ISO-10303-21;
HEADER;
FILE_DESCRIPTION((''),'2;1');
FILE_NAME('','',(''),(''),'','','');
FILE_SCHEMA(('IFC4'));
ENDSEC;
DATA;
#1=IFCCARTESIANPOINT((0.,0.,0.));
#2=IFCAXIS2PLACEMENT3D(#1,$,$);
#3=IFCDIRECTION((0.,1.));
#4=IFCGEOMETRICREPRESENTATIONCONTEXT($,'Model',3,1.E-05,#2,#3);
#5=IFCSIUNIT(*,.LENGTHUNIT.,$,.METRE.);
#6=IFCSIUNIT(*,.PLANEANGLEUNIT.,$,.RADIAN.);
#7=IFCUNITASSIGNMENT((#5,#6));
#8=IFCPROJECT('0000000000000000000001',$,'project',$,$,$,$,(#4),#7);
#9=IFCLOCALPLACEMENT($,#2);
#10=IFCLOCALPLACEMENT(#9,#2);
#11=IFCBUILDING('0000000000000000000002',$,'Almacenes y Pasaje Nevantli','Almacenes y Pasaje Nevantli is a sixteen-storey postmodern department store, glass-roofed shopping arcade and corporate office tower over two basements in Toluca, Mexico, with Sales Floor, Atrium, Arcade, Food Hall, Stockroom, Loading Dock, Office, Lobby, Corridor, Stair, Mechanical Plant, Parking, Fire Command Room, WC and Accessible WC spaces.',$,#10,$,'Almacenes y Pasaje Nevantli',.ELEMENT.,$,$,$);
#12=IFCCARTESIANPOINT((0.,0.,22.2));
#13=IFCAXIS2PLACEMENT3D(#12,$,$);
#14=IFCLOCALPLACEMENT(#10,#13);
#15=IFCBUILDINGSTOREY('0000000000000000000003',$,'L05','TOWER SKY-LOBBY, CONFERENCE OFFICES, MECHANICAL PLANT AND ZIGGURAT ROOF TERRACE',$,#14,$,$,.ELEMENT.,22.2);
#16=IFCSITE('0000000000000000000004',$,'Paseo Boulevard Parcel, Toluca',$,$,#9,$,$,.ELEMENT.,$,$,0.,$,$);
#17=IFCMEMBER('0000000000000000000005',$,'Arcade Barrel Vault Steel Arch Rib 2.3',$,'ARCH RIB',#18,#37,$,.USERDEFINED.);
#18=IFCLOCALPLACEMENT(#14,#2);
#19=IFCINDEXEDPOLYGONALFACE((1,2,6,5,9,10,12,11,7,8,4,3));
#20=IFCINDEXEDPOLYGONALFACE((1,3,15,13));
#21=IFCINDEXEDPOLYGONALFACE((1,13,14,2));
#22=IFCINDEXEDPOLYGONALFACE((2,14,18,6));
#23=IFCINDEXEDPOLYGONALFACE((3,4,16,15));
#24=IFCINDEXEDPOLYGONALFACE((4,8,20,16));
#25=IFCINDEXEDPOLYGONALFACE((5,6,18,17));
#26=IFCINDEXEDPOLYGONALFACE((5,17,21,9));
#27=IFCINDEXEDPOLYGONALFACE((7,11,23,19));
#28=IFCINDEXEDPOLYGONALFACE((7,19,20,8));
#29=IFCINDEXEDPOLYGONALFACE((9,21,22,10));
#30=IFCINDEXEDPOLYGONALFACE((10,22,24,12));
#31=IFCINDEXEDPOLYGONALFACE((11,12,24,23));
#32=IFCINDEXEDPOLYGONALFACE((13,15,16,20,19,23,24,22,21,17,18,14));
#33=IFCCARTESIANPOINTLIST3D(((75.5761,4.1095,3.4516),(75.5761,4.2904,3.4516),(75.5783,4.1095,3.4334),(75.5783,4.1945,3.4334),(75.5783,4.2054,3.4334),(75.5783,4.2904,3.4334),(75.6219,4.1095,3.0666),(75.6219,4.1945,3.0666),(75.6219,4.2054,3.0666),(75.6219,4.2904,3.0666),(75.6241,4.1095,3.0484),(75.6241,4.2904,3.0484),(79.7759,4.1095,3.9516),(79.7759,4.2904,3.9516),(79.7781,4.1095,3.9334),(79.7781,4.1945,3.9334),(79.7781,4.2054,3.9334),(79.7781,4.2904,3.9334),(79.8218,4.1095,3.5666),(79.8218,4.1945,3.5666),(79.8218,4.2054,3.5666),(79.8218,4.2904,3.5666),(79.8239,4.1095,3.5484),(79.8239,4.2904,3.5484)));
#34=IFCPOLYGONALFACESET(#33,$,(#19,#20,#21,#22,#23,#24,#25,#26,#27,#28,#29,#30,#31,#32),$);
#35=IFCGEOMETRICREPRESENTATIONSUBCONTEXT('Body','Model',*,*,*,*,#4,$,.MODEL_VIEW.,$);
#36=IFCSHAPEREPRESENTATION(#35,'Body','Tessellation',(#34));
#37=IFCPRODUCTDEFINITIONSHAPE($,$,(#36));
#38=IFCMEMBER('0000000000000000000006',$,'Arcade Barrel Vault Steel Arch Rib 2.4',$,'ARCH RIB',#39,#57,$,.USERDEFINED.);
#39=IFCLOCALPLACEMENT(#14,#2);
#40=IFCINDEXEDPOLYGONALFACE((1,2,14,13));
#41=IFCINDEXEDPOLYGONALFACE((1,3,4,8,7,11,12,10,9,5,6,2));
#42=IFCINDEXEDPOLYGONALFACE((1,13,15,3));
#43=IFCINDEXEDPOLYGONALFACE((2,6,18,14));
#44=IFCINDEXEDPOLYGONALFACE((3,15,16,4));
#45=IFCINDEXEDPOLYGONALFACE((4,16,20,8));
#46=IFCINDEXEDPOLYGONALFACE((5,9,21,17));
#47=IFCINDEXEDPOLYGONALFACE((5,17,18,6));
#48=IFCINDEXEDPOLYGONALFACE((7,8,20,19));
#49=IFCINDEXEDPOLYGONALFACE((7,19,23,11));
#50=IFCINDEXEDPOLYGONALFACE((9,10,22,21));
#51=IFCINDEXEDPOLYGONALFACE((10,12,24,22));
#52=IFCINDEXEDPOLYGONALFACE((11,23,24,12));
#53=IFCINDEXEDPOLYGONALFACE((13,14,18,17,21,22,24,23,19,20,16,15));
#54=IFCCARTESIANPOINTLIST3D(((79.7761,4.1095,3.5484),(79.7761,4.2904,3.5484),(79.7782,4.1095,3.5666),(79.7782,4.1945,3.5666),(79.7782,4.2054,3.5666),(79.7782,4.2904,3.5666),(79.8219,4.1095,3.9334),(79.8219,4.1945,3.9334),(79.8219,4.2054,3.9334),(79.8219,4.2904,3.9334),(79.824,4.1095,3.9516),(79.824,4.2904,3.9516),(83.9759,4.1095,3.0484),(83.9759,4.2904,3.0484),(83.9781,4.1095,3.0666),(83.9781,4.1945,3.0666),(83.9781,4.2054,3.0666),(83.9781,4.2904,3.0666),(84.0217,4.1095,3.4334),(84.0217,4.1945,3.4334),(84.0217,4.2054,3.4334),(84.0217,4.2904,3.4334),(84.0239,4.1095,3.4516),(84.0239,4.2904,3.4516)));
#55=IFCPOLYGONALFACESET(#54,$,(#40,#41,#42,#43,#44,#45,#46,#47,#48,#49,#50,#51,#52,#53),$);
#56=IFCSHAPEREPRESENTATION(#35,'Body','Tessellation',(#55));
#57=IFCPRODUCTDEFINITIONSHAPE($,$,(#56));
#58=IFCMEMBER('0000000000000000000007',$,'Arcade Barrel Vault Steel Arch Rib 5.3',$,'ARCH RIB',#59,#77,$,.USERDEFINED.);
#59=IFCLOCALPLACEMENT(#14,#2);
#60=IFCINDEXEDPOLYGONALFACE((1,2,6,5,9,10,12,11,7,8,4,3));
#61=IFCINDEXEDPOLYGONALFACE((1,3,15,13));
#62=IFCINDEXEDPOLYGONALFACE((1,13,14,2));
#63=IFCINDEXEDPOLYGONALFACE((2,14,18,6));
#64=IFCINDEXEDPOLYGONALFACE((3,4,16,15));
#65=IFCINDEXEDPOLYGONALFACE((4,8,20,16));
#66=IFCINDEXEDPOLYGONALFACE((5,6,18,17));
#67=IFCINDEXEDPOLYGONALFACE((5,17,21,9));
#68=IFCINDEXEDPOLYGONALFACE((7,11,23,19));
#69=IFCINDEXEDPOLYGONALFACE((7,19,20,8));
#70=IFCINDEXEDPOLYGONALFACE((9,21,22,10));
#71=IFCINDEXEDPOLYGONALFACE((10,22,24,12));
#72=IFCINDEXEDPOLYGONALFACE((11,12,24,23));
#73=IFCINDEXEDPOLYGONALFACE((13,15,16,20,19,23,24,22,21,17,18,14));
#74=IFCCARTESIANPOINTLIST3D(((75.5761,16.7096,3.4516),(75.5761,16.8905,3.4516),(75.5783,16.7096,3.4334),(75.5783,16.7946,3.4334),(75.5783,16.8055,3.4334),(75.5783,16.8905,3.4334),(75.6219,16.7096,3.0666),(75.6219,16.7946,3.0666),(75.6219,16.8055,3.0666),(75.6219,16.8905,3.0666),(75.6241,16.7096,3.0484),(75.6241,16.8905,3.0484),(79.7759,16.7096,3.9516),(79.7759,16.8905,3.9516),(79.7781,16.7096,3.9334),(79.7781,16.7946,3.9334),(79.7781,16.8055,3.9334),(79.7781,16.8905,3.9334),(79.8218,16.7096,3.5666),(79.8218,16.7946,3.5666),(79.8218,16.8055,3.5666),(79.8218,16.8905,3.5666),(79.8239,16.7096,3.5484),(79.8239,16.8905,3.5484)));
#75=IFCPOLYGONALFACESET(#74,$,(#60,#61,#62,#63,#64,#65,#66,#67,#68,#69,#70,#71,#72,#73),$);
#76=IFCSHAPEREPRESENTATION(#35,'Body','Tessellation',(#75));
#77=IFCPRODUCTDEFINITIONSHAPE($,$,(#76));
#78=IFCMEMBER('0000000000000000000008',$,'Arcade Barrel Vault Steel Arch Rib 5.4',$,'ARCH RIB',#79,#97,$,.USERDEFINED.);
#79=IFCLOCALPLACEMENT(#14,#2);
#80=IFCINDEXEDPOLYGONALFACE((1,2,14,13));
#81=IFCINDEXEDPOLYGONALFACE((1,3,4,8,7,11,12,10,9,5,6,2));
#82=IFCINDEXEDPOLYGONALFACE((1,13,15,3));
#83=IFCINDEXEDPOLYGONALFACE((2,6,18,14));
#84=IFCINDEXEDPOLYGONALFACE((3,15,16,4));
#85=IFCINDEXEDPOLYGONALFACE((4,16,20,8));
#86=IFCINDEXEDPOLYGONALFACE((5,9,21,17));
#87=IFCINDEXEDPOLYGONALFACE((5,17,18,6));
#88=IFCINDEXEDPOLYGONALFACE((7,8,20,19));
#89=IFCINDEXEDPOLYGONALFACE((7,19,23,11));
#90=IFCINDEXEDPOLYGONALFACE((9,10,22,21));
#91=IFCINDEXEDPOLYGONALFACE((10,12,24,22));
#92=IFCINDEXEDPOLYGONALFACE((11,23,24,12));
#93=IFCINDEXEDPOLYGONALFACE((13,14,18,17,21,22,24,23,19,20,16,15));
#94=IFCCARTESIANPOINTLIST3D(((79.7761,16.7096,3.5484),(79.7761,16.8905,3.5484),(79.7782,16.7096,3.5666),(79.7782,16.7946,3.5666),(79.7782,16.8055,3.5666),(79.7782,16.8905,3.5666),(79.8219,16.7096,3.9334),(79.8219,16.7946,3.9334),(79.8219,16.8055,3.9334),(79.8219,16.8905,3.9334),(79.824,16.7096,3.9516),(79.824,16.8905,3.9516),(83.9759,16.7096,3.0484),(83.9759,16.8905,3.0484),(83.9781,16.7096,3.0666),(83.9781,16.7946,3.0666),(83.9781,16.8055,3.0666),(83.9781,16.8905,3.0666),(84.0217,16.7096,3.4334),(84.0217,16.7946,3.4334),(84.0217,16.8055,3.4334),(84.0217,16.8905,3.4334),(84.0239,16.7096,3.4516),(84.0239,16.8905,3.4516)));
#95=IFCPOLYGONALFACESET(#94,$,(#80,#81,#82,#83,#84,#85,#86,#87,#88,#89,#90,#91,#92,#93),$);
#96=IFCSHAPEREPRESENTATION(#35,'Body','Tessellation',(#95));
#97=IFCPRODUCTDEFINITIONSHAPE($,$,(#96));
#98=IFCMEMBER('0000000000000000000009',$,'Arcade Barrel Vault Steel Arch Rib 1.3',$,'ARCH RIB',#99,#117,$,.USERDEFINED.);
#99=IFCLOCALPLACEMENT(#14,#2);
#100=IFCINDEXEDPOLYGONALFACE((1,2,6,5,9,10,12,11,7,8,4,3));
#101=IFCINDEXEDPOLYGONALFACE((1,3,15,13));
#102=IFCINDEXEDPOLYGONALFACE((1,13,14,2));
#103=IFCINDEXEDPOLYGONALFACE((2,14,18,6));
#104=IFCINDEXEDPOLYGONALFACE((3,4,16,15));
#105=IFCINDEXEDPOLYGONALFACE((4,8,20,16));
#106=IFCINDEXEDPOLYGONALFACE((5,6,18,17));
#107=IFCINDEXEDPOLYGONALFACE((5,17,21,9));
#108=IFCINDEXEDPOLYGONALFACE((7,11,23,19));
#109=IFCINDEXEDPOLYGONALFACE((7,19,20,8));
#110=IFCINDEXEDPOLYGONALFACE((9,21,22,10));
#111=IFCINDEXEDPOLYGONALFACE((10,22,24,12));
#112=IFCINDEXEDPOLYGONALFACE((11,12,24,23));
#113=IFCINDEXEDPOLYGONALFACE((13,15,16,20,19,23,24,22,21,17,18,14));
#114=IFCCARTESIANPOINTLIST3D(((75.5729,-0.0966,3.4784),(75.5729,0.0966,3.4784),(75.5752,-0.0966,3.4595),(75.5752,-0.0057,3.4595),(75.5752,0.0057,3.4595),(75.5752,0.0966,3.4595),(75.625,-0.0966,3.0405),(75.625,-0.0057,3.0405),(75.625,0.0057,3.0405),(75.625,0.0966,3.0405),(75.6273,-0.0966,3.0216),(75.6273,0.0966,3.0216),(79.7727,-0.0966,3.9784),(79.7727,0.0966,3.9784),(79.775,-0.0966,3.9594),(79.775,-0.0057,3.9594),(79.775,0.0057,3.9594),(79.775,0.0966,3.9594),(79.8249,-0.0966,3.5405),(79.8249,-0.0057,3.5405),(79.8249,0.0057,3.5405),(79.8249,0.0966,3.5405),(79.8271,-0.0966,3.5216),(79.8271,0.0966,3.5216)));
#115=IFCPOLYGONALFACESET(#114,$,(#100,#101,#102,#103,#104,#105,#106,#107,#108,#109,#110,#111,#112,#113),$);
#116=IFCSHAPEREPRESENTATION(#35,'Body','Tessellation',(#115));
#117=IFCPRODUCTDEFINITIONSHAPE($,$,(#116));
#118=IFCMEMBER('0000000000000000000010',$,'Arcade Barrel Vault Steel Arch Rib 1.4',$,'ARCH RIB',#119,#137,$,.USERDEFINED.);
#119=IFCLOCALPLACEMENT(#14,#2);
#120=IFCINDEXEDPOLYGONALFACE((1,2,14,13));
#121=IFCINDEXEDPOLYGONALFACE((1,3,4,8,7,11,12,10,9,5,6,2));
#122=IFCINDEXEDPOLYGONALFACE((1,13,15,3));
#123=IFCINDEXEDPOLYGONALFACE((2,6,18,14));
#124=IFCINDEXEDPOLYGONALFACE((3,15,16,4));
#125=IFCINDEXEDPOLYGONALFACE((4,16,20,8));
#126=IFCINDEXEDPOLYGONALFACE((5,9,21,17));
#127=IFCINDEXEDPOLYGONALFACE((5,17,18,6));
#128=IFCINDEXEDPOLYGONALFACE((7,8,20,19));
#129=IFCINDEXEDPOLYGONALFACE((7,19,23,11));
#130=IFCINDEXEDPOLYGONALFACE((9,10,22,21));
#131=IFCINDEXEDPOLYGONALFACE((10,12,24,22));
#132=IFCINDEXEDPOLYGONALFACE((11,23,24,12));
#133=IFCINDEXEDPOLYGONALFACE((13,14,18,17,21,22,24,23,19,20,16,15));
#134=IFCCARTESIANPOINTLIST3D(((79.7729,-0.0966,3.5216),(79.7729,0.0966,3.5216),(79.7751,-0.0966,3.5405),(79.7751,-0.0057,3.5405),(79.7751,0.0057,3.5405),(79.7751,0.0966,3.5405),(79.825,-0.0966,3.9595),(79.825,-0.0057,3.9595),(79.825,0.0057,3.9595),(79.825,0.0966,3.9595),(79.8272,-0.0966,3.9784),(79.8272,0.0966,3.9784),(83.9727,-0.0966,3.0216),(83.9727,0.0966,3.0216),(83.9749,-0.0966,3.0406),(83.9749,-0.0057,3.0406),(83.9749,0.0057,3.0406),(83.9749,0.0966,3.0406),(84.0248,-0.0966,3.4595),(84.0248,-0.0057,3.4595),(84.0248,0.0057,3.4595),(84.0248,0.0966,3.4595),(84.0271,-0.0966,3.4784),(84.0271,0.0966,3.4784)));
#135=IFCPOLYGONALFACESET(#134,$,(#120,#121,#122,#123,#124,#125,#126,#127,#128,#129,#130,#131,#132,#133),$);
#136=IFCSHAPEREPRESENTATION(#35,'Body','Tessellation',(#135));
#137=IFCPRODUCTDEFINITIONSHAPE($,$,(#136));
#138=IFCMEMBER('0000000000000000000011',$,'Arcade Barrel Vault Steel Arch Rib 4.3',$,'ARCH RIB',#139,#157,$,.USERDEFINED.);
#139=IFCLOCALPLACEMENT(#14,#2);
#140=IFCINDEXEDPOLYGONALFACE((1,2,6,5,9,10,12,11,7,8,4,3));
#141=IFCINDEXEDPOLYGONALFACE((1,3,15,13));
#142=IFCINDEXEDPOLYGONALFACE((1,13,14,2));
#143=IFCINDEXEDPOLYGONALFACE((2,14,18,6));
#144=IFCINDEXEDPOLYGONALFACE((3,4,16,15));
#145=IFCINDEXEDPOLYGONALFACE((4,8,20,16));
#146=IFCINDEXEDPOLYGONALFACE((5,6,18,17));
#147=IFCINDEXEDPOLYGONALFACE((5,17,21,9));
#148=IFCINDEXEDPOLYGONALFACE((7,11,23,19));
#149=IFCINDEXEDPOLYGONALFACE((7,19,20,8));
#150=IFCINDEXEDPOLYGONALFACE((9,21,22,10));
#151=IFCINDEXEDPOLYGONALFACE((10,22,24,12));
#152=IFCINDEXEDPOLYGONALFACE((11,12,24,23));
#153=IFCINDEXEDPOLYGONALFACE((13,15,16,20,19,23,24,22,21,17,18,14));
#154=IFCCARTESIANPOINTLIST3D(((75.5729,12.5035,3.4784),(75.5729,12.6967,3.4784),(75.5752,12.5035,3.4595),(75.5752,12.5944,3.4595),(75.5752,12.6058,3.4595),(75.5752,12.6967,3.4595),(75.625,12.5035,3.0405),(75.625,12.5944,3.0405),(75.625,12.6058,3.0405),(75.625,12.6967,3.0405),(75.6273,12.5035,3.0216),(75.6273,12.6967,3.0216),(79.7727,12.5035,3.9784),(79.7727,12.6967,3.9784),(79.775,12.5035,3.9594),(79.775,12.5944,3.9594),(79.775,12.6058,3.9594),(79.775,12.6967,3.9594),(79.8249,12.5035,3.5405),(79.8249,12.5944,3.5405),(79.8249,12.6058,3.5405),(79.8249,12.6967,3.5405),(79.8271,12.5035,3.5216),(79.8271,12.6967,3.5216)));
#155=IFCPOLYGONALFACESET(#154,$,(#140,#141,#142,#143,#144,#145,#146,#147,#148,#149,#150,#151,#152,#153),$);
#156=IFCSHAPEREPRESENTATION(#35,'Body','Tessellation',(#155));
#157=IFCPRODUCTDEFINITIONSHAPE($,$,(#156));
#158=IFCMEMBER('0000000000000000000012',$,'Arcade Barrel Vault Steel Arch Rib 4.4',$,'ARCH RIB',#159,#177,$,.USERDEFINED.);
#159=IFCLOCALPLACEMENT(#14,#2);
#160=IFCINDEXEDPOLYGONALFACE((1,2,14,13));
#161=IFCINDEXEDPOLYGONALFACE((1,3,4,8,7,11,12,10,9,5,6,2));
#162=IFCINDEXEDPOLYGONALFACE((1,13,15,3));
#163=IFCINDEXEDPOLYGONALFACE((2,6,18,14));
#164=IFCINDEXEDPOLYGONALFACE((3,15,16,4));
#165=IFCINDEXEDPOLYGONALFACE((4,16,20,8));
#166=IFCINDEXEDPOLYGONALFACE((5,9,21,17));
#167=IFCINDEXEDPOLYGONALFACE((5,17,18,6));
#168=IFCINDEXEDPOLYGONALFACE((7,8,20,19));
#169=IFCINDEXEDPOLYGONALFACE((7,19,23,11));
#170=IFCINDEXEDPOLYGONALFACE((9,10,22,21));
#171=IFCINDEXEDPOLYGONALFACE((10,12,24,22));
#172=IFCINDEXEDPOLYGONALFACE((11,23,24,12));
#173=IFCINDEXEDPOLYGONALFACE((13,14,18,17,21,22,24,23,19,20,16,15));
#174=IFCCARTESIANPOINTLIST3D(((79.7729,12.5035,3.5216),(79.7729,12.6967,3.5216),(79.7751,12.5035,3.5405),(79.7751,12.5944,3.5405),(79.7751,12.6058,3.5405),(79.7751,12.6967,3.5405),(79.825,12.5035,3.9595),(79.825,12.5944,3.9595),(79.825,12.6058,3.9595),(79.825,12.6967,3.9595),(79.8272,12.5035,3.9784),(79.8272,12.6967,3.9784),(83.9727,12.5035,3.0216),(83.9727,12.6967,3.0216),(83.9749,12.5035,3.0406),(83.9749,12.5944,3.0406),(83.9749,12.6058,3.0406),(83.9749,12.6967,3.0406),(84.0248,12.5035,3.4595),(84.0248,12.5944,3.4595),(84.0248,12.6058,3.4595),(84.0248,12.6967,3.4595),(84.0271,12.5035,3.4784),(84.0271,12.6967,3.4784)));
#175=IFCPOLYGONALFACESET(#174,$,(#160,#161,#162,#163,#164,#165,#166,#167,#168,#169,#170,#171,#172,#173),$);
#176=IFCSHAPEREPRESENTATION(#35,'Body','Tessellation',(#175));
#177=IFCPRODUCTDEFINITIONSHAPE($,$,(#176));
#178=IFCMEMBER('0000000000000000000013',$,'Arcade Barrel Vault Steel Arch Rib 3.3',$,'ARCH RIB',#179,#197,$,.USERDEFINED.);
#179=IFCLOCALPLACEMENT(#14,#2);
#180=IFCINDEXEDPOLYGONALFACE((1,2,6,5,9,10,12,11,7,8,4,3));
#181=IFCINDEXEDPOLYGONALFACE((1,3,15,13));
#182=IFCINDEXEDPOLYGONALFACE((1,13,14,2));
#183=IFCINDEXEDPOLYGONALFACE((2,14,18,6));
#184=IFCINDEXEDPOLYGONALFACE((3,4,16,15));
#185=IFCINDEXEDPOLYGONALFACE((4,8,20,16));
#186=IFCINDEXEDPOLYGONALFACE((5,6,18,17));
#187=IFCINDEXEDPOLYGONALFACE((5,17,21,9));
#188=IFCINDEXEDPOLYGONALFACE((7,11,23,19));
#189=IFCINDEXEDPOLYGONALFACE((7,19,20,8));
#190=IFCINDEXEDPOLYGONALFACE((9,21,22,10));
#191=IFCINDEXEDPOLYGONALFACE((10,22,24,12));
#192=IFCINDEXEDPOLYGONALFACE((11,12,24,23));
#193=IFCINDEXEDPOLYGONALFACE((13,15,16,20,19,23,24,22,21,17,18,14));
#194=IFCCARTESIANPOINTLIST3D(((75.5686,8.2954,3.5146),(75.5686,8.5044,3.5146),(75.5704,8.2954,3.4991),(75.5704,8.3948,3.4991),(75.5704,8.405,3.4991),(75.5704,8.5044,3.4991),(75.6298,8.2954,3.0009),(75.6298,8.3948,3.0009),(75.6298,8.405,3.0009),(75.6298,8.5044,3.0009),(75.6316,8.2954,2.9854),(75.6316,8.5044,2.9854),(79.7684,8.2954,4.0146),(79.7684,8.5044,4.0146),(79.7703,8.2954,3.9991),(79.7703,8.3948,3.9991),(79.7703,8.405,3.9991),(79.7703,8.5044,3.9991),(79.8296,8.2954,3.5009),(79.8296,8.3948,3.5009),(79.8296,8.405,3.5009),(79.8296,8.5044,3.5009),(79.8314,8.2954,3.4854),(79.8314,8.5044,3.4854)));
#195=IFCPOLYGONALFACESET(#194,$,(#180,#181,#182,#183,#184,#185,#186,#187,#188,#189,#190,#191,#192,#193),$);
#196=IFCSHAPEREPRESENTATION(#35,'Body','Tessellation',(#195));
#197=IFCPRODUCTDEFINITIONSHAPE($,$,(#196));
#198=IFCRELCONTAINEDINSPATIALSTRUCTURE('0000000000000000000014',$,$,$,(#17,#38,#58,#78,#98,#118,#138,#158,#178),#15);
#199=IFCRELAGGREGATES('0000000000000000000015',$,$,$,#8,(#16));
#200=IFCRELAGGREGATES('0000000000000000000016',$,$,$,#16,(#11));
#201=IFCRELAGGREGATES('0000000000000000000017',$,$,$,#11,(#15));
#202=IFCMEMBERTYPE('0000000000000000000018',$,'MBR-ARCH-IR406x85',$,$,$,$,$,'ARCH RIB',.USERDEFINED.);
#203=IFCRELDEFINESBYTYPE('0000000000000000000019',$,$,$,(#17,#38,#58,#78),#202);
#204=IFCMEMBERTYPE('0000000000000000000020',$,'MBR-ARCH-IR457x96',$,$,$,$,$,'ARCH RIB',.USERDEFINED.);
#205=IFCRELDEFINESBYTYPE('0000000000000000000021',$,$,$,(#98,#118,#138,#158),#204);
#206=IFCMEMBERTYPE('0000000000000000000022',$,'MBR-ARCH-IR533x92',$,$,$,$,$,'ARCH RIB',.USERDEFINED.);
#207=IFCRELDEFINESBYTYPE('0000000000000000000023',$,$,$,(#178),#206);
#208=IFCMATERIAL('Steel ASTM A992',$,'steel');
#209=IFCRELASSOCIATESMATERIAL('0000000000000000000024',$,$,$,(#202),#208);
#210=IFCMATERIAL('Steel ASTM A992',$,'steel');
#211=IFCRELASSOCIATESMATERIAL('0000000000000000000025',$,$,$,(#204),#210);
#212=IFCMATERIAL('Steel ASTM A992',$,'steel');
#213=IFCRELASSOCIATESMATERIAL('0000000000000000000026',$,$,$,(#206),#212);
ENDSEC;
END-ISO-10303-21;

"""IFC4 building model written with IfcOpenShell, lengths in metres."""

from ifc_helpers import new_model, si_unit, direction, frame, origin, origin_2d, place, context, subcontext, project, spatial, i_section, extrude, material, material_profile, profile_set, type_object, element, save


model = new_model("IFC4")

# Units and contexts
model_context = context("Model", 3, precision=1e-05, world=origin(), true_north=direction((0.0, 1.0)))
body_context = subcontext(model_context, "Body", "Model", "MODEL_VIEW")
ifc_project = project(units=[si_unit("LENGTHUNIT", "METRE"), si_unit("PLANEANGLEUNIT", "RADIAN")], contexts=[model_context])

# Site, building, storey
site_placement = place(None, origin())
site = spatial("IfcSite", under=ifc_project, at=site_placement, Name="Paseo Boulevard Parcel, Toluca", CompositionType="ELEMENT", RefElevation=0.0)
building_placement = place(site_placement, origin())
building = spatial("IfcBuilding", under=site, at=building_placement, Name="Almacenes y Pasaje Nevantli", Description="Almacenes y Pasaje Nevantli is a sixteen-storey postmodern department store, glass-roofed shopping arcade and corporate office tower over two basements in Toluca, Mexico, with Sales Floor, Atrium, Arcade, Food Hall, Stockroom, Loading Dock, Office, Lobby, Corridor, Stair, Mechanical Plant, Parking, Fire Command Room, WC and Accessible WC spaces.", LongName="Almacenes y Pasaje Nevantli", CompositionType="ELEMENT")
storey_placement = place(building_placement, frame((0.0, 0.0, 22.2)))
storey = spatial("IfcBuildingStorey", under=building, at=storey_placement, Name="L05", Description="TOWER SKY-LOBBY, CONFERENCE OFFICES, MECHANICAL PLANT AND ZIGGURAT ROOF TERRACE", CompositionType="ELEMENT", Elevation=22.2)

# Members
ifc_material_1 = material(Name="Steel ASTM A992", Category="steel")
ifc_material_profile_1 = material_profile(ifc_material_1, i_section(OverallWidth=0.1809, OverallDepth=0.406, WebThickness=0.011, FlangeThickness=0.0183, at=origin_2d()), Name="IR 406x85.0")
ifc_profile_set_1 = profile_set([ifc_material_profile_1], Name="Steel ASTM A992")
member_type_1 = type_object("IfcMemberType", Name="MBR-ARCH-IR406x85", ElementType="ARCH RIB", PredefinedType="USERDEFINED", material=ifc_profile_set_1)
for number, where, z_axis, x_axis, name in (
    (1, (75.6001, 4.2, 3.25), (0.992988, 0.0, 0.118214), (0.0, 1.0, 0.0), "Arcade Barrel Vault Steel Arch Rib 2.3"),
    (2, (79.8, 4.2, 3.75), (0.992988, 0.0, -0.118214), (0.0, 1.0, 0.0), "Arcade Barrel Vault Steel Arch Rib 2.4"),
    (3, (75.6001, 16.8, 3.25), (0.992988, 0.0, 0.118214), (0.0, 1.0, 0.0), "Arcade Barrel Vault Steel Arch Rib 5.3"),
    (4, (79.8, 16.8, 3.75), (0.992988, 0.0, -0.118214), (0.0, 1.0, 0.0), "Arcade Barrel Vault Steel Arch Rib 5.4"),
):
    element("IfcMember", number, at=place(storey_placement, frame(where, z_axis=z_axis, x_axis=x_axis)), inside=storey, type_object=member_type_1, Name=name, ObjectType="ARCH RIB", PredefinedType="USERDEFINED", context=body_context, shape_type="SweptSolid", body=[
        extrude(i_section(OverallWidth=0.1809, OverallDepth=0.406, WebThickness=0.011, FlangeThickness=0.0183, at=origin_2d()), origin(), (0.0, 0.0, 1.0), 4.2295),
    ])
ifc_material_2 = material(Name="Steel ASTM A992", Category="steel")
ifc_material_profile_2 = material_profile(ifc_material_2, i_section(OverallWidth=0.1931, OverallDepth=0.46, WebThickness=0.0115, FlangeThickness=0.019, at=origin_2d()), Name="IR 457x96.7")
ifc_profile_set_2 = profile_set([ifc_material_profile_2], Name="Steel ASTM A992")
member_type_2 = type_object("IfcMemberType", Name="MBR-ARCH-IR457x96", ElementType="ARCH RIB", PredefinedType="USERDEFINED", material=ifc_profile_set_2)
for number, where, z_axis, x_axis, name in (
    (5, (75.6001, 0.0, 3.25), (0.992988, 0.0, 0.118214), (0.0, 1.0, 0.0), "Arcade Barrel Vault Steel Arch Rib 1.3"),
    (6, (79.8, 0.0, 3.75), (0.992988, 0.0, -0.118214), (0.0, 1.0, 0.0), "Arcade Barrel Vault Steel Arch Rib 1.4"),
    (7, (75.6001, 12.6001, 3.25), (0.992988, 0.0, 0.118214), (0.0, 1.0, 0.0), "Arcade Barrel Vault Steel Arch Rib 4.3"),
    (8, (79.8, 12.6001, 3.75), (0.992988, 0.0, -0.118214), (0.0, 1.0, 0.0), "Arcade Barrel Vault Steel Arch Rib 4.4"),
):
    element("IfcMember", number, at=place(storey_placement, frame(where, z_axis=z_axis, x_axis=x_axis)), inside=storey, type_object=member_type_2, Name=name, ObjectType="ARCH RIB", PredefinedType="USERDEFINED", context=body_context, shape_type="SweptSolid", body=[
        extrude(i_section(OverallWidth=0.1931, OverallDepth=0.46, WebThickness=0.0115, FlangeThickness=0.019, at=origin_2d()), origin(), (0.0, 0.0, 1.0), 4.2295),
    ])
ifc_material_3 = material(Name="Steel ASTM A992", Category="steel")
ifc_material_profile_3 = material_profile(ifc_material_3, i_section(OverallWidth=0.209, OverallDepth=0.533, WebThickness=0.0103, FlangeThickness=0.0156, at=origin_2d()), Name="IR 533x92.5")
ifc_profile_set_3 = profile_set([ifc_material_profile_3], Name="Steel ASTM A992")
member_type_3 = type_object("IfcMemberType", Name="MBR-ARCH-IR533x92", ElementType="ARCH RIB", PredefinedType="USERDEFINED", material=ifc_profile_set_3)
for number, where, z_axis, x_axis, name in (
    (9, (75.6001, 8.3999, 3.25), (0.992988, 0.0, 0.118214), (0.0, 1.0, 0.0), "Arcade Barrel Vault Steel Arch Rib 3.3"),
):
    element("IfcMember", number, at=place(storey_placement, frame(where, z_axis=z_axis, x_axis=x_axis)), inside=storey, type_object=member_type_3, Name=name, ObjectType="ARCH RIB", PredefinedType="USERDEFINED", context=body_context, shape_type="SweptSolid", body=[
        extrude(i_section(OverallWidth=0.209, OverallDepth=0.533, WebThickness=0.0103, FlangeThickness=0.0156, at=origin_2d()), origin(), (0.0, 0.0, 1.0), 4.2295),
    ])

save(model, "model.ifc")
